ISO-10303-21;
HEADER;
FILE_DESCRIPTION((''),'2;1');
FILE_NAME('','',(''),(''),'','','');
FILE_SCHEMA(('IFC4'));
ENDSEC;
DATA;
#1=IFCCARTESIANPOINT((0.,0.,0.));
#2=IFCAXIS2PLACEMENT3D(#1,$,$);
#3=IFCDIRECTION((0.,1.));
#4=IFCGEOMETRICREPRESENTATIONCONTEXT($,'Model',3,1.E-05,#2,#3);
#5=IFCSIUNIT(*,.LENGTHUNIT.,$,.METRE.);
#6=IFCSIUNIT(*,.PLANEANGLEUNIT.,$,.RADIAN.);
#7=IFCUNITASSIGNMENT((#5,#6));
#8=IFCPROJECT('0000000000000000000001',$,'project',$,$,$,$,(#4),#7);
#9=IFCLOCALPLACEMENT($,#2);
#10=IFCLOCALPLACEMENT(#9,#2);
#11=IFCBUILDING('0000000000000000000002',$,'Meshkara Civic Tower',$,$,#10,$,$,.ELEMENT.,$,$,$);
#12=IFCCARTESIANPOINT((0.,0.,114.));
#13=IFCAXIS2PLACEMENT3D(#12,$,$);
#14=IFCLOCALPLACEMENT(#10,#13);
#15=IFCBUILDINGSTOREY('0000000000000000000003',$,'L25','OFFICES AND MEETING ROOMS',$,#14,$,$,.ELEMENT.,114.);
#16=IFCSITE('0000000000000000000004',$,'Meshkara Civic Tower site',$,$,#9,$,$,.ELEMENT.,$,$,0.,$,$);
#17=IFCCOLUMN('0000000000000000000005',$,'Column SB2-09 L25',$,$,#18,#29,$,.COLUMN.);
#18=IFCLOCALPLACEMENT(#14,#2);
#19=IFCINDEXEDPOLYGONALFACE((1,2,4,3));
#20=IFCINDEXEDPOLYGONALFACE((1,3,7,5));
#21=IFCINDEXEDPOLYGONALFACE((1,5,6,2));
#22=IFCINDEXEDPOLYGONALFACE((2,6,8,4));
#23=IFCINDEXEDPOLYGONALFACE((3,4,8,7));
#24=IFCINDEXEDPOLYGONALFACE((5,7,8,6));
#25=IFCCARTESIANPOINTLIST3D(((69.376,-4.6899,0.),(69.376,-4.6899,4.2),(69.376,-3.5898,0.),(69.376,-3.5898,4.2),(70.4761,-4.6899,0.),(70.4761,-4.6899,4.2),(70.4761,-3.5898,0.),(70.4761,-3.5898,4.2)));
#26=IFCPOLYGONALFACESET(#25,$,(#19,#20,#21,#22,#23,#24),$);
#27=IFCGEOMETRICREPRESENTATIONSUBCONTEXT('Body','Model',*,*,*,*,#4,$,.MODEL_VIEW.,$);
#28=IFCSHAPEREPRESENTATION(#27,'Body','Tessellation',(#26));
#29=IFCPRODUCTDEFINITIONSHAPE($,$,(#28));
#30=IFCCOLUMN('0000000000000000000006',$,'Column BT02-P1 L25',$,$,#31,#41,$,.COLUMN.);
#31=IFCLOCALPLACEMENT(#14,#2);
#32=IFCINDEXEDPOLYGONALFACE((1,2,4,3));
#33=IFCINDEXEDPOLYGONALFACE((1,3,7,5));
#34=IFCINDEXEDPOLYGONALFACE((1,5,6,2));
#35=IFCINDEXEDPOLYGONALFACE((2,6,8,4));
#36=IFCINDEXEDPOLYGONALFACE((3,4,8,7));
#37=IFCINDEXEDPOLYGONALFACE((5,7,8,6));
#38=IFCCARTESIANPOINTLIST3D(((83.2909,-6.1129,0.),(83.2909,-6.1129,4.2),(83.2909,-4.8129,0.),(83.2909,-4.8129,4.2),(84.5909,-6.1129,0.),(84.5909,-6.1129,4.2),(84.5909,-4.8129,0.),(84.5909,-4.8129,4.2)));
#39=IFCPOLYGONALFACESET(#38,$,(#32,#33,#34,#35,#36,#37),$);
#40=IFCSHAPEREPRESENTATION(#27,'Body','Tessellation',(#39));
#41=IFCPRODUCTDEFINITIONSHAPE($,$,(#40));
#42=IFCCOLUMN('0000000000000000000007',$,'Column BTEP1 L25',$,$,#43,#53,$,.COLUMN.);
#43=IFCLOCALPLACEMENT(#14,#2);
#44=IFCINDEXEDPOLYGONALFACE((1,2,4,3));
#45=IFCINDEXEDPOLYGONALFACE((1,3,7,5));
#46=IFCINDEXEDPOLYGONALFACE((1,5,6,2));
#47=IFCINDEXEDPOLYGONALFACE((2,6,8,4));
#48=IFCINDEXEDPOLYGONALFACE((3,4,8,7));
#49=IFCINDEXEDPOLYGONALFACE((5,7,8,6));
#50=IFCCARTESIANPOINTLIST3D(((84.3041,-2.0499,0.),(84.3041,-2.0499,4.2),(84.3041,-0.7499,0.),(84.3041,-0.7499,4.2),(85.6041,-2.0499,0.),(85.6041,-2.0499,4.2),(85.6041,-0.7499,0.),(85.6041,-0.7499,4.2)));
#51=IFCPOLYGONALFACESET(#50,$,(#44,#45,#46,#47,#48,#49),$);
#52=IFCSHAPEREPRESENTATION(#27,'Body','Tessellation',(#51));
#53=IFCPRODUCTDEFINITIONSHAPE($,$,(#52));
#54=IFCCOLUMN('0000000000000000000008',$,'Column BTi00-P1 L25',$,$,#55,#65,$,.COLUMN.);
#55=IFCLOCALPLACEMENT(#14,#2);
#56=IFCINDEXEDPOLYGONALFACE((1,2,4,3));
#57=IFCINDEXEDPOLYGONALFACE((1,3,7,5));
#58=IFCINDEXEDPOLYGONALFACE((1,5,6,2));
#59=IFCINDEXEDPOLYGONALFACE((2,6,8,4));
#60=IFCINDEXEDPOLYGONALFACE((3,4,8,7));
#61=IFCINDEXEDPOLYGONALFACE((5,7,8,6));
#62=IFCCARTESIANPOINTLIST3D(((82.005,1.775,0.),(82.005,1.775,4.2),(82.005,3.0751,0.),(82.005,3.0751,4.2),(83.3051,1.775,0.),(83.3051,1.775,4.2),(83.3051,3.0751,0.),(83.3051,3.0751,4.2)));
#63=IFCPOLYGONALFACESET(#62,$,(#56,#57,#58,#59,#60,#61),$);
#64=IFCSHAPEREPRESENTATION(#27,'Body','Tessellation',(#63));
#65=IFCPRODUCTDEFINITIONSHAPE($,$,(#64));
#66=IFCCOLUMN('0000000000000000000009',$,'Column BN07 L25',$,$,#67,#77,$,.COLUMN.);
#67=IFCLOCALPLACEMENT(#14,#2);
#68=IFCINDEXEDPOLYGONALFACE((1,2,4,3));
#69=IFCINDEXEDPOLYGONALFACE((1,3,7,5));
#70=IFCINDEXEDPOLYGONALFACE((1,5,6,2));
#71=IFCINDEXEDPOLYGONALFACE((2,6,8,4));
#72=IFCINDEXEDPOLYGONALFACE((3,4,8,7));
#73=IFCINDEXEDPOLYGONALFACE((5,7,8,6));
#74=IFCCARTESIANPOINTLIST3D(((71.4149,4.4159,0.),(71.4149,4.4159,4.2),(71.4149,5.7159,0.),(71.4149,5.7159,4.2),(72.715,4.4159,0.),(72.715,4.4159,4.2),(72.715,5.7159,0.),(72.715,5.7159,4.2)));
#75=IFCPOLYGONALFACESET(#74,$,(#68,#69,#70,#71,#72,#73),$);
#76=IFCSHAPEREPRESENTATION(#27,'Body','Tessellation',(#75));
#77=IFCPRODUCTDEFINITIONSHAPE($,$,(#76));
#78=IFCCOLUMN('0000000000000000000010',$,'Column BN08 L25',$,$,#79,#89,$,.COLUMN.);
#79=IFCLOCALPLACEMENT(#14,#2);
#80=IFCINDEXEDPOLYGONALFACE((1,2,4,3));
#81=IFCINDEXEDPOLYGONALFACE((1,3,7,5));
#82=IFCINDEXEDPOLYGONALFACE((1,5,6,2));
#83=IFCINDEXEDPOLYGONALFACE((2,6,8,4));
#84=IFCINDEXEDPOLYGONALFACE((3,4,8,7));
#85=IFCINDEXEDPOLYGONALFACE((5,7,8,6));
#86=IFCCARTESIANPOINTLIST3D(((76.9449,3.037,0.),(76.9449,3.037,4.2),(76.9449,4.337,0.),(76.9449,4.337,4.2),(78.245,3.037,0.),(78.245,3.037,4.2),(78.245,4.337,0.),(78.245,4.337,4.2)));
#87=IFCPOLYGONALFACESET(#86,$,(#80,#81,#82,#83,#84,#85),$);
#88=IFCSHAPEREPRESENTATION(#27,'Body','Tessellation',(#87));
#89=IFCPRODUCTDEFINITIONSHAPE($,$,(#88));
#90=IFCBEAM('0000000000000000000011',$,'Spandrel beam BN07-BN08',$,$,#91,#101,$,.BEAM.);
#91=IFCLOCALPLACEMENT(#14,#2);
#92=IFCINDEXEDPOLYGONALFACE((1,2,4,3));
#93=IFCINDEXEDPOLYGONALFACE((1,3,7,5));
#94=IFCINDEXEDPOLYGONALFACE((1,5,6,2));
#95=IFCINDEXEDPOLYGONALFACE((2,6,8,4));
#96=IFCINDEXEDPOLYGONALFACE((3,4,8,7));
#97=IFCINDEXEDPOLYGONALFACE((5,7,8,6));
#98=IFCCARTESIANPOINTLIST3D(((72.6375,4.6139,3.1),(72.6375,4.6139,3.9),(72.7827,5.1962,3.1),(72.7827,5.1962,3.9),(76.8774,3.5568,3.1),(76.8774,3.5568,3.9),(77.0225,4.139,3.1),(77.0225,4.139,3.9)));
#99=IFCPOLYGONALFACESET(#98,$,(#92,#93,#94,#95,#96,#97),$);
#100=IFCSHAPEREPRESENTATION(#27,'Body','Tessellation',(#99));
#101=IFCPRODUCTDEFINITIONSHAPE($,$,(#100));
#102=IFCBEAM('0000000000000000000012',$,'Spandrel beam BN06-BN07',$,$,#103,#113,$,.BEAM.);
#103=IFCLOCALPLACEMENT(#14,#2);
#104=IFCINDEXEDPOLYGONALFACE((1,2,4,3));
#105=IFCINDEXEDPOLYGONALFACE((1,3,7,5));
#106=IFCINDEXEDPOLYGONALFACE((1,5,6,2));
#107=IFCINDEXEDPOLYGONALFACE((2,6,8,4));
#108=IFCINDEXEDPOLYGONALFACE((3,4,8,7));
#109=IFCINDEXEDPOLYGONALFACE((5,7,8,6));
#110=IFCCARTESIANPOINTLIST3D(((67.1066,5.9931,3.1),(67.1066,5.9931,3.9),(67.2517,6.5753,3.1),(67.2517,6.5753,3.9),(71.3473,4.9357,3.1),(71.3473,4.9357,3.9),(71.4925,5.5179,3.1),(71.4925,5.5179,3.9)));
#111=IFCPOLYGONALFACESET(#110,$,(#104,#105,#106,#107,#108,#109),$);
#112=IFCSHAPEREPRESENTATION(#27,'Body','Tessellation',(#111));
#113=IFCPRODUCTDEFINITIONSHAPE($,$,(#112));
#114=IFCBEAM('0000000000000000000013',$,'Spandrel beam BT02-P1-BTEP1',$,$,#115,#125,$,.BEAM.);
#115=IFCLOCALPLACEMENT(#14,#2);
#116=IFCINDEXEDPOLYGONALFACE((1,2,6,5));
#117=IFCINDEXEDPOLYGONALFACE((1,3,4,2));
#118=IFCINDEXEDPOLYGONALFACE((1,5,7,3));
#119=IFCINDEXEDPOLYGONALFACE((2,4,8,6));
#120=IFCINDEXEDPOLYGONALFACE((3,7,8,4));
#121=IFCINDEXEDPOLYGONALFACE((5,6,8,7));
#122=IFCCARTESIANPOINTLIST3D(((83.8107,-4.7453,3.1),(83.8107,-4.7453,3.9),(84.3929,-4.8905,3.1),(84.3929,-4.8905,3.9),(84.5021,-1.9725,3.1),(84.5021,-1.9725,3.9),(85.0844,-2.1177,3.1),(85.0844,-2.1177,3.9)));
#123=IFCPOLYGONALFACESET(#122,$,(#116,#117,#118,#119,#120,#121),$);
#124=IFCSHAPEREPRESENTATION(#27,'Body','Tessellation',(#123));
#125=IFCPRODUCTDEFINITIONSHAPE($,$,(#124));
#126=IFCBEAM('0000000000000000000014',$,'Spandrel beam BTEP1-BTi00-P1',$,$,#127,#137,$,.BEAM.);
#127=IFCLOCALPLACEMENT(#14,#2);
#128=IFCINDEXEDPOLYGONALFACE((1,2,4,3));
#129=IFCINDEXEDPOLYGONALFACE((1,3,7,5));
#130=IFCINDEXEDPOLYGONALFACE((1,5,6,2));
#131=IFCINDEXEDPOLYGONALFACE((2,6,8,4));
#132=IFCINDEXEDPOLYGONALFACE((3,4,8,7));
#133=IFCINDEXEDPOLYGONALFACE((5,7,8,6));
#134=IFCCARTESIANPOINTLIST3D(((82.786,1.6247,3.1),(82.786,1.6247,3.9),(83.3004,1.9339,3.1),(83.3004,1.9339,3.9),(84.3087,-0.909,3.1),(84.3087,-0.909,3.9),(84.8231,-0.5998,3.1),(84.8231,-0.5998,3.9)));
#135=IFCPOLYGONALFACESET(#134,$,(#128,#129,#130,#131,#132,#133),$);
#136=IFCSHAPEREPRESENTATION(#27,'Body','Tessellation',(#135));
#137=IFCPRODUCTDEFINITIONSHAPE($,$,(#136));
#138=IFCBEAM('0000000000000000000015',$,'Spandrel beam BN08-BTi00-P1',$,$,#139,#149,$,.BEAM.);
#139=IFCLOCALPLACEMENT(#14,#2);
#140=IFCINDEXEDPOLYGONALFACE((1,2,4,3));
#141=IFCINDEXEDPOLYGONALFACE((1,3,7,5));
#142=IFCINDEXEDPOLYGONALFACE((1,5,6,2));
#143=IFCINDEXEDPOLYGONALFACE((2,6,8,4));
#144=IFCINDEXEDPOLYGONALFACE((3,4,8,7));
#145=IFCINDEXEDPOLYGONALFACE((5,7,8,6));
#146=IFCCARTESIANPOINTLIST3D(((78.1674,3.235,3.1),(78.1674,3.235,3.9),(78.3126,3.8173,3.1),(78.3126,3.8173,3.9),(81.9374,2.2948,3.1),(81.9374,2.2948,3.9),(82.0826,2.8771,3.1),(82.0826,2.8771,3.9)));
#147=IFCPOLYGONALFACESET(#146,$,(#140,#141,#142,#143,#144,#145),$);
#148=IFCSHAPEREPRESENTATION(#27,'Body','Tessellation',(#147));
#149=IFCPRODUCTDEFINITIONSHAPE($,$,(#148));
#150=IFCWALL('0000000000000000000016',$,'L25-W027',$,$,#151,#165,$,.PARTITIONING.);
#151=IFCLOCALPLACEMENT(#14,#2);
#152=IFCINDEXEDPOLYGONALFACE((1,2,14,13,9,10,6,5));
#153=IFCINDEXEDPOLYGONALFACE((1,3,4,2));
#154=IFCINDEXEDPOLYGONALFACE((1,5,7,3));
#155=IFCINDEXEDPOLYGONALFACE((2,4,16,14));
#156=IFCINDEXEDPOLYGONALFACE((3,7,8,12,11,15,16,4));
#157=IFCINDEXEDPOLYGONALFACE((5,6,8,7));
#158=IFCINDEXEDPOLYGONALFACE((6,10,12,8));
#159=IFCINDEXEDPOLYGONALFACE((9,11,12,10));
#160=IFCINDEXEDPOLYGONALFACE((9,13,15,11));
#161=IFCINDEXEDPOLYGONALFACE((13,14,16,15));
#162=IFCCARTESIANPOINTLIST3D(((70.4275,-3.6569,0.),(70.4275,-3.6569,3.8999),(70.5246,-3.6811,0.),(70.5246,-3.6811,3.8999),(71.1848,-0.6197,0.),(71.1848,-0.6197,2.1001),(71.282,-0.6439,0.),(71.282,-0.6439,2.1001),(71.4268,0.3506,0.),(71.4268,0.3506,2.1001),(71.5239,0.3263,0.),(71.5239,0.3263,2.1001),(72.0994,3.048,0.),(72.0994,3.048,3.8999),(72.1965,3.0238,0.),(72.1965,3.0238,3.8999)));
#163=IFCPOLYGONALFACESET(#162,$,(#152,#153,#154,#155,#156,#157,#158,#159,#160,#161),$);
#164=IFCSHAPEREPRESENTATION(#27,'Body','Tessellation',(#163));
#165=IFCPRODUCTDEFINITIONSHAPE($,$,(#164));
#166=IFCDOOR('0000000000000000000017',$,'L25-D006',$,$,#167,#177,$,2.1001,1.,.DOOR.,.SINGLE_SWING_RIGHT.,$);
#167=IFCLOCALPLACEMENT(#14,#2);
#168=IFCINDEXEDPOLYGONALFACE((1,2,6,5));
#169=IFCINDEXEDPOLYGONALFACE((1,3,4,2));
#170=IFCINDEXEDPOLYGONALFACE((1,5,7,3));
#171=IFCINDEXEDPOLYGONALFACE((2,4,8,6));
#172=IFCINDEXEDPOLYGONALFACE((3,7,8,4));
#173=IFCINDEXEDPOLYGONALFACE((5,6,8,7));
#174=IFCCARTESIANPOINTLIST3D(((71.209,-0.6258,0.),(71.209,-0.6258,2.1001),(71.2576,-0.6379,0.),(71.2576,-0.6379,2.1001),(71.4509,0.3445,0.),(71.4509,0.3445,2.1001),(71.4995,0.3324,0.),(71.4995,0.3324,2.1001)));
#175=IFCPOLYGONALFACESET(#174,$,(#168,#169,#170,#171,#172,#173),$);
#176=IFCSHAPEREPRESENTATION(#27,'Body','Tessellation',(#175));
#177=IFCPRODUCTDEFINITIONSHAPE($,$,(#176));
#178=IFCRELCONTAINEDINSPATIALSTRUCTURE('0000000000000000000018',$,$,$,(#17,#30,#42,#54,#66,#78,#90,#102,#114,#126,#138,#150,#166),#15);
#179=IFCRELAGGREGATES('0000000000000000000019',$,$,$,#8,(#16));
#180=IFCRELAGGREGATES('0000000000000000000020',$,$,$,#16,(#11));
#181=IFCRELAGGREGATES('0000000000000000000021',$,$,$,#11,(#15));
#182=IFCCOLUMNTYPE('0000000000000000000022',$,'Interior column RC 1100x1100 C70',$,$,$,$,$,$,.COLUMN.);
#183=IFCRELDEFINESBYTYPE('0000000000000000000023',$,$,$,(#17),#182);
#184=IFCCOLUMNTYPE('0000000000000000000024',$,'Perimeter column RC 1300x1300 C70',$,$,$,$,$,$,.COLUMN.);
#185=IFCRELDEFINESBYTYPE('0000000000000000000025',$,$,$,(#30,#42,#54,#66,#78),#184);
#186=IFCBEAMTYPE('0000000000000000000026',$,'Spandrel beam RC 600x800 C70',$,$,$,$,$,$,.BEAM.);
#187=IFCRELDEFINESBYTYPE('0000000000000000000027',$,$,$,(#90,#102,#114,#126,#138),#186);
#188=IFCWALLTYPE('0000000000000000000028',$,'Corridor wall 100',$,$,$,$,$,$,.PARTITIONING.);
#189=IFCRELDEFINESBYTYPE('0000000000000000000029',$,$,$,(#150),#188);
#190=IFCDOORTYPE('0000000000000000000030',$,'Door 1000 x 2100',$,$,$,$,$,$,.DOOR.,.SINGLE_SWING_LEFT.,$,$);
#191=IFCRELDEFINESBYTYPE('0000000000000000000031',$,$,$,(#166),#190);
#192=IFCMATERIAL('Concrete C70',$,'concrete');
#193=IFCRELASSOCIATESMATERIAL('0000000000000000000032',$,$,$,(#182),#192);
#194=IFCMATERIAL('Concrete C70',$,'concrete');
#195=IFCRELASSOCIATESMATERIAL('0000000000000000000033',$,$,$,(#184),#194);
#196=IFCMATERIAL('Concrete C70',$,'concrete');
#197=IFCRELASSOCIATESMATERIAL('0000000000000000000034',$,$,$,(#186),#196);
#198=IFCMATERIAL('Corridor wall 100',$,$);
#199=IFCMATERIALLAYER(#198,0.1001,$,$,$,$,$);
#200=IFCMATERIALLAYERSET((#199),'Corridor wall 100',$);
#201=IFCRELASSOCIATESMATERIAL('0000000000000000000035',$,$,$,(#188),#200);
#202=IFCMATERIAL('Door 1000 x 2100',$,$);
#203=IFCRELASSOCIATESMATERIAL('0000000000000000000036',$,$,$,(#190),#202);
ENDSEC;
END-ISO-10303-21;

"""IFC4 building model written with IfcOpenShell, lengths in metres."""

from ifc_helpers import new_model, si_unit, direction, frame, frame_2d, origin, origin_2d, place, context, subcontext, project, spatial, rectangle, extrude, material, layer, layer_set, material_profile, profile_set, type_object, element, fill, save


model = new_model("IFC4")

# Units and contexts
model_context = context("Model", 3, precision=1e-05, world=origin(), true_north=direction((0.0, 1.0)))
body_context = subcontext(model_context, "Body", "Model", "MODEL_VIEW")
ifc_project = project(units=[si_unit("LENGTHUNIT", "METRE"), si_unit("PLANEANGLEUNIT", "RADIAN")], contexts=[model_context])

# Site, building, storey
site_placement = place(None, origin())
site = spatial("IfcSite", under=ifc_project, at=site_placement, Name="Meshkara Civic Tower site", CompositionType="ELEMENT", RefElevation=0.0)
building_placement = place(site_placement, origin())
building = spatial("IfcBuilding", under=site, at=building_placement, Name="Meshkara Civic Tower", CompositionType="ELEMENT")
storey_placement = place(building_placement, frame((0.0, 0.0, 114.0)))
storey = spatial("IfcBuildingStorey", under=building, at=storey_placement, Name="L25", Description="OFFICES AND MEETING ROOMS", CompositionType="ELEMENT", Elevation=114.0)

# Columns
ifc_material_1 = material(Name="Concrete C70", Category="concrete")
ifc_material_profile_1 = material_profile(ifc_material_1, rectangle(XDim=1.1001, YDim=1.1001, at=origin_2d()))
ifc_profile_set_1 = profile_set([ifc_material_profile_1], Name="Concrete C70")
column_type_1 = type_object("IfcColumnType", Name="Interior column RC 1100x1100 C70", PredefinedType="COLUMN", material=ifc_profile_set_1)
column_placement = place(storey_placement, frame((69.926, -4.1399, 0.0), z_axis=(0.0, 0.0, 1.0), x_axis=(1.0, 0.0, 0.0)))
element("IfcColumn", 1, at=column_placement, inside=storey, type_object=column_type_1, Name="Column SB2-09 L25", PredefinedType="COLUMN", context=body_context, shape_type="SweptSolid", body=[
    extrude(rectangle(XDim=1.1001, YDim=1.1001, at=origin_2d()), origin(), (0.0, 0.0, 1.0), 4.2),
])
ifc_material_2 = material(Name="Concrete C70", Category="concrete")
ifc_material_profile_2 = material_profile(ifc_material_2, rectangle(XDim=1.3, YDim=1.3, at=origin_2d()))
ifc_profile_set_2 = profile_set([ifc_material_profile_2], Name="Concrete C70")
column_type_2 = type_object("IfcColumnType", Name="Perimeter column RC 1300x1300 C70", PredefinedType="COLUMN", material=ifc_profile_set_2)
for number, where, z_axis, x_axis, name in (
    (2, (83.9409, -5.4629, 0.0), (0.0, 0.0, 1.0), (1.0, 0.0, 0.0), "Column BT02-P1 L25"),
    (3, (84.9541, -1.3999, 0.0), (0.0, 0.0, 1.0), (1.0, 0.0, 0.0), "Column BTEP1 L25"),
    (4, (82.655, 2.425, 0.0), (0.0, 0.0, 1.0), (1.0, 0.0, 0.0), "Column BTi00-P1 L25"),
    (5, (72.0649, 5.0659, 0.0), (0.0, 0.0, 1.0), (1.0, 0.0, 0.0), "Column BN07 L25"),
    (6, (77.595, 3.687, 0.0), (0.0, 0.0, 1.0), (1.0, 0.0, 0.0), "Column BN08 L25"),
):
    element("IfcColumn", number, at=place(storey_placement, frame(where, z_axis=z_axis, x_axis=x_axis)), inside=storey, type_object=column_type_2, Name=name, PredefinedType="COLUMN", context=body_context, shape_type="SweptSolid", body=[
        extrude(rectangle(XDim=1.3, YDim=1.3, at=origin_2d()), origin(), (0.0, 0.0, 1.0), 4.2),
    ])

# Beams
ifc_material_3 = material(Name="Concrete C70", Category="concrete")
ifc_material_profile_3 = material_profile(ifc_material_3, rectangle(XDim=0.6001, YDim=0.8, at=origin_2d()))
ifc_profile_set_3 = profile_set([ifc_material_profile_3], Name="Concrete C70")
beam_type = type_object("IfcBeamType", Name="Spandrel beam RC 600x800 C70", PredefinedType="BEAM", material=ifc_profile_set_3)
beam_1_placement = place(storey_placement, frame((76.95, 3.8479, 3.5), z_axis=(-0.970293, 0.241931, 0.0), x_axis=(-0.241931, -0.970293, 0.0)))
element("IfcBeam", 7, at=beam_1_placement, inside=storey, type_object=beam_type, Name="Spandrel beam BN07-BN08", PredefinedType="BEAM", context=body_context, shape_type="SweptSolid", body=[
    extrude(rectangle(XDim=0.6001, YDim=0.8, at=origin_2d()), origin(), (0.0, 0.0, 1.0), 4.3696),
])
beam_2_placement = place(storey_placement, frame((71.4199, 5.2268, 3.5), z_axis=(-0.970293, 0.241931, 0.0), x_axis=(-0.241931, -0.970293, 0.0)))
element("IfcBeam", 8, at=beam_2_placement, inside=storey, type_object=beam_type, Name="Spandrel beam BN06-BN07", PredefinedType="BEAM", context=body_context, shape_type="SweptSolid", body=[
    extrude(rectangle(XDim=0.6001, YDim=0.8, at=origin_2d()), origin(), (0.0, 0.0, 1.0), 4.3706),
])
beam_3_placement = place(storey_placement, frame((84.1018, -4.8179, 3.5), z_axis=(0.241953, 0.970288, 0.0), x_axis=(-0.970288, 0.241953, 0.0)))
element("IfcBeam", 9, at=beam_3_placement, inside=storey, type_object=beam_type, Name="Spandrel beam BT02-P1-BTEP1", PredefinedType="BEAM", context=body_context, shape_type="SweptSolid", body=[
    extrude(rectangle(XDim=0.6001, YDim=0.8, at=origin_2d()), origin(), (0.0, 0.0, 1.0), 2.8577),
])
beam_4_placement = place(storey_placement, frame((84.5659, -0.7544, 3.5), z_axis=(-0.515115, 0.857121, 0.0), x_axis=(-0.857121, -0.515115, 0.0)))
element("IfcBeam", 10, at=beam_4_placement, inside=storey, type_object=beam_type, Name="Spandrel beam BTEP1-BTi00-P1", PredefinedType="BEAM", context=body_context, shape_type="SweptSolid", body=[
    extrude(rectangle(XDim=0.6001, YDim=0.8, at=origin_2d()), origin(), (0.0, 0.0, 1.0), 2.9561),
])
beam_5_placement = place(storey_placement, frame((82.01, 2.5859, 3.5), z_axis=(-0.970283, 0.241974, 0.0), x_axis=(-0.241974, -0.970283, 0.0)))
element("IfcBeam", 11, at=beam_5_placement, inside=storey, type_object=beam_type, Name="Spandrel beam BN08-BTi00-P1", PredefinedType="BEAM", context=body_context, shape_type="SweptSolid", body=[
    extrude(rectangle(XDim=0.6001, YDim=0.8, at=origin_2d()), origin(), (0.0, 0.0, 1.0), 3.8855),
])

# Wall, opening, door
ifc_material_4 = material(Name="Corridor wall 100")
ifc_layer_1 = layer(ifc_material_4, 0.1001)
ifc_layer_set_1 = layer_set([ifc_layer_1], Name="Corridor wall 100")
wall_type_1 = type_object("IfcWallType", Name="Corridor wall 100", PredefinedType="PARTITIONING", material=ifc_layer_set_1)
wall_1_placement = place(storey_placement, frame((72.1479, 3.0359, 0.0), z_axis=(0.0, 0.0, 1.0), x_axis=(-0.241945, -0.97029, 0.0)))
wall_1 = element("IfcWall", 12, at=wall_1_placement, inside=storey, type_object=wall_type_1, Name="L25-W027", PredefinedType="PARTITIONING", context=body_context, shape_type="SweptSolid", body=[
    extrude(rectangle(XDim=6.9102, YDim=0.1001, at=frame_2d((3.4551, 0.0))), origin(), (0.0, 0.0, 1.0), 3.8999),
])
opening_1_placement = place(wall_1_placement, frame((2.78, 0.0, 0.0)))
opening_1 = element("IfcOpeningElement", 13, at=opening_1_placement, cuts=wall_1, PredefinedType="OPENING", context=body_context, shape_type="SweptSolid", body=[
    extrude(rectangle(XDim=1.0, YDim=2.1001, at=frame_2d((0.5, 1.05))), frame((0.0, 0.0601, 0.0), z_axis=(0.0, -1.0, 0.0), x_axis=(1.0, 0.0, 0.0)), (0.0, 0.0, 1.0), 0.1201),
])
ifc_material_5 = material(Name="Door 1000 x 2100")
door_type_1 = type_object("IfcDoorType", Name="Door 1000 x 2100", OperationType="SINGLE_SWING_LEFT", PredefinedType="DOOR", material=ifc_material_5)
door_1_placement = place(opening_1_placement, origin())
door_1 = element("IfcDoor", 14, at=door_1_placement, inside=storey, type_object=door_type_1, Name="L25-D006", OperationType="SINGLE_SWING_RIGHT", OverallHeight=2.1001, OverallWidth=1.0, PredefinedType="DOOR", context=body_context, shape_type="SweptSolid", body=[
    extrude(rectangle(XDim=1.0, YDim=2.1001, at=frame_2d((0.5, 1.05))), frame((0.0, 0.0249, 0.0), z_axis=(0.0, -1.0, 0.0), x_axis=(1.0, 0.0, 0.0)), (0.0, 0.0, 1.0), 0.05),
])
fill(opening_1, door_1)

save(model, "model.ifc")
